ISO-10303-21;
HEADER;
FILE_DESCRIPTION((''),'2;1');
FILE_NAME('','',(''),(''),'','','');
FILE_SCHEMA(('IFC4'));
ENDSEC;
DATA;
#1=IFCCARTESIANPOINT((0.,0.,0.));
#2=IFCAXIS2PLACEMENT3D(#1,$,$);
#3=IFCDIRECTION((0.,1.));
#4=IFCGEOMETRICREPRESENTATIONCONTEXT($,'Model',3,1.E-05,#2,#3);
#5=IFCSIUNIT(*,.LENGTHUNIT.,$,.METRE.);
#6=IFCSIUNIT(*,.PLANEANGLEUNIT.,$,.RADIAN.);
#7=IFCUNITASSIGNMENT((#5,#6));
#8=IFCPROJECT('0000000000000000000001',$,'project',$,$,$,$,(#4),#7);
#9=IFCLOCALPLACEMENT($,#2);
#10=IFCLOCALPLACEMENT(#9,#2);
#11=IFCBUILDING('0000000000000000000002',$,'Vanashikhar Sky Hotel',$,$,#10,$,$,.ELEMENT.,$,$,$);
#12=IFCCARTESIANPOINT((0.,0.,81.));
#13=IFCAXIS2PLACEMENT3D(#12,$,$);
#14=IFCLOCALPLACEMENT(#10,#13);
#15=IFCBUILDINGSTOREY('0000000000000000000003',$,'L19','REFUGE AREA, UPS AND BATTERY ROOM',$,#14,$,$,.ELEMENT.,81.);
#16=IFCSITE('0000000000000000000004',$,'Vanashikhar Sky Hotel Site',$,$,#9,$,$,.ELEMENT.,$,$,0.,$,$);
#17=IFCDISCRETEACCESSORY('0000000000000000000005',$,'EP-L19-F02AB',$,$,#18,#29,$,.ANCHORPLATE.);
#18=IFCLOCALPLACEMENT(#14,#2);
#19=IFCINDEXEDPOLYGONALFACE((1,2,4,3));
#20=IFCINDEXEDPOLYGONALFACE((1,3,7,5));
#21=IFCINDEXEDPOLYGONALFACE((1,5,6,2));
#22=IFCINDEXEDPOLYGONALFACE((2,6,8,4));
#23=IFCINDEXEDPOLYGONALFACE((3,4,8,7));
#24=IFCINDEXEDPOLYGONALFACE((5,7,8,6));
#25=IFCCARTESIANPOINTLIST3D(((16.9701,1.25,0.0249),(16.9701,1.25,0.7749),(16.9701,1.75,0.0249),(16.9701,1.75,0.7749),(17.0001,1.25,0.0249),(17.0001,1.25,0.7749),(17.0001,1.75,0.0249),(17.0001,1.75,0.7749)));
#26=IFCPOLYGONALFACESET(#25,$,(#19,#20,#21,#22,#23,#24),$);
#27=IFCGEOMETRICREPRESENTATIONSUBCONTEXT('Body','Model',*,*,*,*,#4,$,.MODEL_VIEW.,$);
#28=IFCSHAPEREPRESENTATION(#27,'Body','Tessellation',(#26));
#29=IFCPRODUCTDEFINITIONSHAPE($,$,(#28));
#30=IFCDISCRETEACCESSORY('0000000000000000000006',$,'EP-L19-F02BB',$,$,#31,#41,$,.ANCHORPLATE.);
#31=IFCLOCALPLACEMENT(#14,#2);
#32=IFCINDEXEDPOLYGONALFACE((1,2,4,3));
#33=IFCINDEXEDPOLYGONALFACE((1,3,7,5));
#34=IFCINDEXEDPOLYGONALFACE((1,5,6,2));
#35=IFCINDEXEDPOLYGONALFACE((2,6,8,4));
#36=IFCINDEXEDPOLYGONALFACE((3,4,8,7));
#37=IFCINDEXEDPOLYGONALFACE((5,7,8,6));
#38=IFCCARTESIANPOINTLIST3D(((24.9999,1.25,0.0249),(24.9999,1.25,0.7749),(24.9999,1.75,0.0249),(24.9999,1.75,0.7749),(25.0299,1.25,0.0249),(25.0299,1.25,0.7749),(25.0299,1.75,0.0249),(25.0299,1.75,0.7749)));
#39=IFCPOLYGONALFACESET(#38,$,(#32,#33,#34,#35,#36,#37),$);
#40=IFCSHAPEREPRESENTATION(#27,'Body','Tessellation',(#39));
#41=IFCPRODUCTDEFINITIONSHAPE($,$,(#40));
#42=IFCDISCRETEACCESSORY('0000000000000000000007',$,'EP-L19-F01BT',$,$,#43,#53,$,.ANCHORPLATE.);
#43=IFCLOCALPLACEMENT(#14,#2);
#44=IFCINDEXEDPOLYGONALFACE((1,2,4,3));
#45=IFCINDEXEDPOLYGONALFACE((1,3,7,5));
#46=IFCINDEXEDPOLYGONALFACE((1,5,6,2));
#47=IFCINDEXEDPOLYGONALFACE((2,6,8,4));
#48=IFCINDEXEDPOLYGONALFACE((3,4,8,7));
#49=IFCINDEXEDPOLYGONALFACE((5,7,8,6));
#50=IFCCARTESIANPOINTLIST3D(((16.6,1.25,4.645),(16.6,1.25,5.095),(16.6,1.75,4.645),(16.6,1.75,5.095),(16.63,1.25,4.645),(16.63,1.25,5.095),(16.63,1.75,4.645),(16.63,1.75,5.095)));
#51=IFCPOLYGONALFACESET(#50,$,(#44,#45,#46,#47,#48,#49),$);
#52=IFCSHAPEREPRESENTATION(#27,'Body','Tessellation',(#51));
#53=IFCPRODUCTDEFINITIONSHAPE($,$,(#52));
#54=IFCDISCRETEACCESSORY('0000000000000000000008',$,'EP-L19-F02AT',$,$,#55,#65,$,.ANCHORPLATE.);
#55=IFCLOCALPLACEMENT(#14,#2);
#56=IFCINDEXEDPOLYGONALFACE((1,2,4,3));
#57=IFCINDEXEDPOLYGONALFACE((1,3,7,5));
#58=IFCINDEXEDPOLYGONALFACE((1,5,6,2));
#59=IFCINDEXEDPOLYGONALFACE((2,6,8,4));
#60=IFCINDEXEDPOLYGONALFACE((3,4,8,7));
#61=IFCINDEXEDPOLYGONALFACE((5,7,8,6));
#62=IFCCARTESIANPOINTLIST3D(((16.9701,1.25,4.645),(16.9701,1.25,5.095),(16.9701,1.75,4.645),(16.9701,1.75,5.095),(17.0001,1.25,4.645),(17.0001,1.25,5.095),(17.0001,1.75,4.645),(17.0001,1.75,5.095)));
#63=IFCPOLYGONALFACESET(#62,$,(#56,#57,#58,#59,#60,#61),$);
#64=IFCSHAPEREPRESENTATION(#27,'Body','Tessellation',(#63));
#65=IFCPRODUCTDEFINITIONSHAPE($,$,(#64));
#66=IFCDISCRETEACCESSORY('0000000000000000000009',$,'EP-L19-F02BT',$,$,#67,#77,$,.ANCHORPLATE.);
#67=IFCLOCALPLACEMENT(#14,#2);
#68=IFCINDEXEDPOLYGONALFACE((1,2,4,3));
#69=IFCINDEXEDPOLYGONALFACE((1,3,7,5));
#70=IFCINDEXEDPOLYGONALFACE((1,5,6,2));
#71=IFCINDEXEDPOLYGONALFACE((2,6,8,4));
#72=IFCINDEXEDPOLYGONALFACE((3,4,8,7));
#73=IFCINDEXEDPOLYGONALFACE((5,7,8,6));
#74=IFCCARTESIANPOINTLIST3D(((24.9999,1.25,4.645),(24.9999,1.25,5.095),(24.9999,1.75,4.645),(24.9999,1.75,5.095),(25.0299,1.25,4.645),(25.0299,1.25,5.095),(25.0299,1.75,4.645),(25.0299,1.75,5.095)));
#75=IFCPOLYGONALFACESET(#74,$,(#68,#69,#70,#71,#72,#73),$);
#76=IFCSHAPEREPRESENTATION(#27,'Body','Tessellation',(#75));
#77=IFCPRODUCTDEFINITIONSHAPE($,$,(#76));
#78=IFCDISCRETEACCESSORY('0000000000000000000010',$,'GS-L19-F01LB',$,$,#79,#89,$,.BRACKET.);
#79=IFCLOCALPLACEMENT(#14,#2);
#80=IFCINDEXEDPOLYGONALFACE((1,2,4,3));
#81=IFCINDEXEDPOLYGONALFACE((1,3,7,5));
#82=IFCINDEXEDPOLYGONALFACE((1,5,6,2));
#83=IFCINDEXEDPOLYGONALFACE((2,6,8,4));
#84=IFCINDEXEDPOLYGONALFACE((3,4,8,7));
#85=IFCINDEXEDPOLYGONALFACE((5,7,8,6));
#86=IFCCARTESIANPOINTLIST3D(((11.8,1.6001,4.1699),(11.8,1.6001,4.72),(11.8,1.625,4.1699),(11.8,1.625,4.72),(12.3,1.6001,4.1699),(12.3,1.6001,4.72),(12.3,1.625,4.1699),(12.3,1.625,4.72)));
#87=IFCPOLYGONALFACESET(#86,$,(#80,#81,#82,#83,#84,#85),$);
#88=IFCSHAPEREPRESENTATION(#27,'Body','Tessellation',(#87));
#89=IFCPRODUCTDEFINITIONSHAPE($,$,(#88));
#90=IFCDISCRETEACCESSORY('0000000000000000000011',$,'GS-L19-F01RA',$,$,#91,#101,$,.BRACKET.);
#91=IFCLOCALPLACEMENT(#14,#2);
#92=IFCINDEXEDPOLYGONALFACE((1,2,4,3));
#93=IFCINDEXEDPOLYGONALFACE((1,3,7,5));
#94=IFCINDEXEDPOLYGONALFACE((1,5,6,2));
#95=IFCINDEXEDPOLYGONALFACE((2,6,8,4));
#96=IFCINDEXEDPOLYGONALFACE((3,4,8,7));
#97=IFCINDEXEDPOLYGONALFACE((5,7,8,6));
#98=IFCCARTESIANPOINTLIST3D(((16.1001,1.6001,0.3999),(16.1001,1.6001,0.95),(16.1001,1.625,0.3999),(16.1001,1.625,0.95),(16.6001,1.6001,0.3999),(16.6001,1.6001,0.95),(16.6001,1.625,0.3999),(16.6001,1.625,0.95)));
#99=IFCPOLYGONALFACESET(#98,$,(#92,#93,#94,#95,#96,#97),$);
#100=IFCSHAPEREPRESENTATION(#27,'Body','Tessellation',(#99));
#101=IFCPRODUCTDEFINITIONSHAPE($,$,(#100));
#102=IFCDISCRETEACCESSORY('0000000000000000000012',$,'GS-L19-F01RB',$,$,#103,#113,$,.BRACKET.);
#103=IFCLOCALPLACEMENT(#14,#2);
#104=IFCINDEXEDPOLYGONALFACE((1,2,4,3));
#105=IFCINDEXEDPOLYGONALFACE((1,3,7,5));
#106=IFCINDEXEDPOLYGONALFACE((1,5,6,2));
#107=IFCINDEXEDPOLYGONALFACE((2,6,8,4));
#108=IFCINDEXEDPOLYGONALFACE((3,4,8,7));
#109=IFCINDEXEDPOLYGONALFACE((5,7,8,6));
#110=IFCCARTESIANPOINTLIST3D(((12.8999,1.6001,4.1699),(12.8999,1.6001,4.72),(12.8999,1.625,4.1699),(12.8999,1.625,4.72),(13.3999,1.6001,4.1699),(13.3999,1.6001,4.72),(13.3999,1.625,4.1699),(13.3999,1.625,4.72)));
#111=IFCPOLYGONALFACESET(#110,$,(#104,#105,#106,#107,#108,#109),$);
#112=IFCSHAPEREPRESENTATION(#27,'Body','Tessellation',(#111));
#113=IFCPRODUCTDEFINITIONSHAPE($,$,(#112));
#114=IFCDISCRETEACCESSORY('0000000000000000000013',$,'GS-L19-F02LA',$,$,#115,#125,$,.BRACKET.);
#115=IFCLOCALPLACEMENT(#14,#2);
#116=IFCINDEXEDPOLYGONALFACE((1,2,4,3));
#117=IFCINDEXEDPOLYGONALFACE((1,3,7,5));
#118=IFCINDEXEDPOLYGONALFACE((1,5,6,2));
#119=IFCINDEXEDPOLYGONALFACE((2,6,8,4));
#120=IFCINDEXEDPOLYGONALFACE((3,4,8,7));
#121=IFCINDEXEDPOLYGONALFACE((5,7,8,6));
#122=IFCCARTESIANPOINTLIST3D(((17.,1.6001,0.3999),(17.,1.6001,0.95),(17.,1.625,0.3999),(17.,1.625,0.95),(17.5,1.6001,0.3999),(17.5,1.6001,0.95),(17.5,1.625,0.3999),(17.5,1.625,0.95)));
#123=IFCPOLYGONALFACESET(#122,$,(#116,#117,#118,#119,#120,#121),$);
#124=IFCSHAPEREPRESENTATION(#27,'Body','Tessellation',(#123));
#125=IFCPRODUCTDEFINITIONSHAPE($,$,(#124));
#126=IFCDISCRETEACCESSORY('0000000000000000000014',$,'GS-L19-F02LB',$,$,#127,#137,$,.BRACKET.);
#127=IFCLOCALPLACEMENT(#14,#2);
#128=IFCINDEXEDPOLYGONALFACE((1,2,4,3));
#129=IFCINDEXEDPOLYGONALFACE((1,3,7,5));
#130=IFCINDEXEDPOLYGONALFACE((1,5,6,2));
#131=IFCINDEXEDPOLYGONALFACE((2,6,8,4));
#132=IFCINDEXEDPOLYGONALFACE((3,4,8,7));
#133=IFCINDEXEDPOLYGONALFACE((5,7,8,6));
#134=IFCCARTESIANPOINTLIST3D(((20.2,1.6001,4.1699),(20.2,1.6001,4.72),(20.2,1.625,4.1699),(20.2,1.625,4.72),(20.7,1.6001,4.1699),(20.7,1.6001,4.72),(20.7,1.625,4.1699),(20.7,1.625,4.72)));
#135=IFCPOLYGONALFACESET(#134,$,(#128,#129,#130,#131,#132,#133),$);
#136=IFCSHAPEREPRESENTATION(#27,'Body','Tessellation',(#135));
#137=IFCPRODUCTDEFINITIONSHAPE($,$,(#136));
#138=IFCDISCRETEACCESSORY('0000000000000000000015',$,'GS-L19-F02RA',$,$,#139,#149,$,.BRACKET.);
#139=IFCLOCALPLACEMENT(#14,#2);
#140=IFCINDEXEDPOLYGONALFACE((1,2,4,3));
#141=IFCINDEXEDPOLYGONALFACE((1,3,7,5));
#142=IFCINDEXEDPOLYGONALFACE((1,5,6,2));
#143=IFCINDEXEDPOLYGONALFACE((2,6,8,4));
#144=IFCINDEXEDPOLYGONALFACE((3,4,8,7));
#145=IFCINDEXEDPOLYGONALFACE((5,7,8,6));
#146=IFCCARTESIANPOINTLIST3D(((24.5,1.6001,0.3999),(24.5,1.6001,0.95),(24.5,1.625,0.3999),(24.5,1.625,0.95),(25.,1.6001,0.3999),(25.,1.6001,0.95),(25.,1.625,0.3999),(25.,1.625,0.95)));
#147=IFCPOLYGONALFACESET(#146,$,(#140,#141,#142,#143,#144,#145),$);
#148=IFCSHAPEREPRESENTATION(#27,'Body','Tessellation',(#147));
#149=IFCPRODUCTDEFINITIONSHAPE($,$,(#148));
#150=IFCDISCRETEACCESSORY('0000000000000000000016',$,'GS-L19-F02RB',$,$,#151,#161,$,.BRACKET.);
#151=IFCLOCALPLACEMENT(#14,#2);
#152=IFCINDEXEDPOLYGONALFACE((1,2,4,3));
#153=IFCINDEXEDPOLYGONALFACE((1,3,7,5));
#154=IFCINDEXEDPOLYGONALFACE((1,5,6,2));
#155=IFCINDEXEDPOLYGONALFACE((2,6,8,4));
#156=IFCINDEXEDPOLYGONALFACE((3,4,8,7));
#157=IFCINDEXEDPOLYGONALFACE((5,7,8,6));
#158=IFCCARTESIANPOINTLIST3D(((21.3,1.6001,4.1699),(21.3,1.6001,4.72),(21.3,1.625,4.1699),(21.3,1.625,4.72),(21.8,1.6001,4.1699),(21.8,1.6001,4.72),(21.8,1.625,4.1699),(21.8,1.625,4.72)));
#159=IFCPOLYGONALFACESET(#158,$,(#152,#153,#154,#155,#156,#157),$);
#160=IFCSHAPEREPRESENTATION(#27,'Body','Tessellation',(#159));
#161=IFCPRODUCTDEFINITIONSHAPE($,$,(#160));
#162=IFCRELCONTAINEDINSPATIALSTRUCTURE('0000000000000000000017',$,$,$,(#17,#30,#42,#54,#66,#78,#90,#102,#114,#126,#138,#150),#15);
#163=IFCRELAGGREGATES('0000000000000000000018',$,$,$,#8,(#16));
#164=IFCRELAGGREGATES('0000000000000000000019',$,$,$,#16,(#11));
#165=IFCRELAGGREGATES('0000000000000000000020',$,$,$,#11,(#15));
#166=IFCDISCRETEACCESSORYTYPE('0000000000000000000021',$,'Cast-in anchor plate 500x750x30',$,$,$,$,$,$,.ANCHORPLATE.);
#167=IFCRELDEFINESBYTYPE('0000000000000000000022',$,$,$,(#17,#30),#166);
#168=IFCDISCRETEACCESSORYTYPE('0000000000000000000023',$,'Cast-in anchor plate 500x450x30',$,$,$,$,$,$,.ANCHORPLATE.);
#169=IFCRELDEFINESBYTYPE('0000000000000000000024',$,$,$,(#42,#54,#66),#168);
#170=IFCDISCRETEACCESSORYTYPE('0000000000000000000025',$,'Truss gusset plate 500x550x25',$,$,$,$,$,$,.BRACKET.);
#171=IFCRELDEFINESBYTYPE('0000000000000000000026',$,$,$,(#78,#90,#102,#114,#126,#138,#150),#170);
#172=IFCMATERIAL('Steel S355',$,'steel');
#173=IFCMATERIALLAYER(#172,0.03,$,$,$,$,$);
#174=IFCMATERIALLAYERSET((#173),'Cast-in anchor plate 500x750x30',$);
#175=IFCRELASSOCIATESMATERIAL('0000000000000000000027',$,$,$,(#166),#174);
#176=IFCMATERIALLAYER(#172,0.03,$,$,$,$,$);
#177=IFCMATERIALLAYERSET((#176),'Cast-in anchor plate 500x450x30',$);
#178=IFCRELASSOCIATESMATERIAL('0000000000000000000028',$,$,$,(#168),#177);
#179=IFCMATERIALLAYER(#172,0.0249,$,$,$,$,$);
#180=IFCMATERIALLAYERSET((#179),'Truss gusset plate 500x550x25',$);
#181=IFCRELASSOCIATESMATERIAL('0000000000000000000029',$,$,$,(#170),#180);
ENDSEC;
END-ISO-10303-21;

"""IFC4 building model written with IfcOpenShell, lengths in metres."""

from ifc_helpers import new_model, si_unit, direction, frame, origin, origin_2d, place, context, subcontext, project, spatial, rectangle, extrude, source, transform, mapped, material, layer, layer_set, type_object, element, save


model = new_model("IFC4")

# Units and contexts
model_context = context("Model", 3, precision=1e-05, world=origin(), true_north=direction((0.0, 1.0)))
body_context = subcontext(model_context, "Body", "Model", "MODEL_VIEW")
ifc_project = project(units=[si_unit("LENGTHUNIT", "METRE"), si_unit("PLANEANGLEUNIT", "RADIAN")], contexts=[model_context])

# Site, building, storey
site_placement = place(None, origin())
site = spatial("IfcSite", under=ifc_project, at=site_placement, Name="Vanashikhar Sky Hotel Site", CompositionType="ELEMENT", RefElevation=0.0)
building_placement = place(site_placement, origin())
building = spatial("IfcBuilding", under=site, at=building_placement, Name="Vanashikhar Sky Hotel", CompositionType="ELEMENT")
storey_placement = place(building_placement, frame((0.0, 0.0, 81.0)))
storey = spatial("IfcBuildingStorey", under=building, at=storey_placement, Name="L19", Description="REFUGE AREA, UPS AND BATTERY ROOM", CompositionType="ELEMENT", Elevation=81.0)

# Shared definitions
ifc_material_1 = material(Name="Steel S355", Category="steel")

# Discrete accessories
ifc_layer_1 = layer(ifc_material_1, 0.03)
ifc_layer_set_1 = layer_set([ifc_layer_1], Name="Cast-in anchor plate 500x750x30")
discrete_accessory_type_1 = type_object("IfcDiscreteAccessoryType", Name="Cast-in anchor plate 500x750x30", PredefinedType="ANCHORPLATE", material=ifc_layer_set_1)
shared_shape_1 = source(origin(), body_context, "Body", "SweptSolid", [
    extrude(rectangle(XDim=0.03, YDim=0.5, at=origin_2d()), origin(), (0.0, 0.0, 1.0), 0.75),
])
for number, where, z_axis, x_axis, name in (
    (1, (16.9851, 1.5, 0.0249), (0.0, 0.0, 1.0), (1.0, 0.0, 0.0), "EP-L19-F02AB"),
    (2, (25.0149, 1.5, 0.0249), (0.0, 0.0, 1.0), (1.0, 0.0, 0.0), "EP-L19-F02BB"),
):
    element("IfcDiscreteAccessory", number, at=place(storey_placement, frame(where, z_axis=z_axis, x_axis=x_axis)), inside=storey, type_object=discrete_accessory_type_1, Name=name, PredefinedType="ANCHORPLATE", context=body_context, shape_type="MappedRepresentation", body=[
        mapped(shared_shape_1, transform((0.0, 0.0, 0.0), scale=1.0)),
    ])
ifc_layer_2 = layer(ifc_material_1, 0.03)
ifc_layer_set_2 = layer_set([ifc_layer_2], Name="Cast-in anchor plate 500x450x30")
discrete_accessory_type_2 = type_object("IfcDiscreteAccessoryType", Name="Cast-in anchor plate 500x450x30", PredefinedType="ANCHORPLATE", material=ifc_layer_set_2)
shared_shape_2 = source(origin(), body_context, "Body", "SweptSolid", [
    extrude(rectangle(XDim=0.03, YDim=0.5, at=origin_2d()), origin(), (0.0, 0.0, 1.0), 0.45),
])
for number, where, z_axis, x_axis, name in (
    (3, (16.615, 1.5, 4.645), (0.0, 0.0, 1.0), (1.0, 0.0, 0.0), "EP-L19-F01BT"),
    (4, (16.9851, 1.5, 4.645), (0.0, 0.0, 1.0), (1.0, 0.0, 0.0), "EP-L19-F02AT"),
    (5, (25.0149, 1.5, 4.645), (0.0, 0.0, 1.0), (1.0, 0.0, 0.0), "EP-L19-F02BT"),
):
    element("IfcDiscreteAccessory", number, at=place(storey_placement, frame(where, z_axis=z_axis, x_axis=x_axis)), inside=storey, type_object=discrete_accessory_type_2, Name=name, PredefinedType="ANCHORPLATE", context=body_context, shape_type="MappedRepresentation", body=[
        mapped(shared_shape_2, transform((0.0, 0.0, 0.0), scale=1.0)),
    ])
ifc_layer_3 = layer(ifc_material_1, 0.0249)
ifc_layer_set_3 = layer_set([ifc_layer_3], Name="Truss gusset plate 500x550x25")
discrete_accessory_type_3 = type_object("IfcDiscreteAccessoryType", Name="Truss gusset plate 500x550x25", PredefinedType="BRACKET", material=ifc_layer_set_3)
shared_shape_3 = source(origin(), body_context, "Body", "SweptSolid", [
    extrude(rectangle(XDim=0.5, YDim=0.0249, at=origin_2d()), origin(), (0.0, 0.0, 1.0), 0.55),
])
for number, where, z_axis, x_axis, name in (
    (6, (12.05, 1.6125, 4.1699), (0.0, 0.0, 1.0), (1.0, 0.0, 0.0), "GS-L19-F01LB"),
    (7, (16.3501, 1.6125, 0.3999), (0.0, 0.0, 1.0), (1.0, 0.0, 0.0), "GS-L19-F01RA"),
    (8, (13.1499, 1.6125, 4.1699), (0.0, 0.0, 1.0), (1.0, 0.0, 0.0), "GS-L19-F01RB"),
    (9, (17.25, 1.6125, 0.3999), (0.0, 0.0, 1.0), (1.0, 0.0, 0.0), "GS-L19-F02LA"),
    (10, (20.45, 1.6125, 4.1699), (0.0, 0.0, 1.0), (1.0, 0.0, 0.0), "GS-L19-F02LB"),
    (11, (24.75, 1.6125, 0.3999), (0.0, 0.0, 1.0), (1.0, 0.0, 0.0), "GS-L19-F02RA"),
    (12, (21.55, 1.6125, 4.1699), (0.0, 0.0, 1.0), (1.0, 0.0, 0.0), "GS-L19-F02RB"),
):
    element("IfcDiscreteAccessory", number, at=place(storey_placement, frame(where, z_axis=z_axis, x_axis=x_axis)), inside=storey, type_object=discrete_accessory_type_3, Name=name, PredefinedType="BRACKET", context=body_context, shape_type="MappedRepresentation", body=[
        mapped(shared_shape_3, transform((0.0, 0.0, 0.0), scale=1.0)),
    ])

save(model, "model.ifc")
